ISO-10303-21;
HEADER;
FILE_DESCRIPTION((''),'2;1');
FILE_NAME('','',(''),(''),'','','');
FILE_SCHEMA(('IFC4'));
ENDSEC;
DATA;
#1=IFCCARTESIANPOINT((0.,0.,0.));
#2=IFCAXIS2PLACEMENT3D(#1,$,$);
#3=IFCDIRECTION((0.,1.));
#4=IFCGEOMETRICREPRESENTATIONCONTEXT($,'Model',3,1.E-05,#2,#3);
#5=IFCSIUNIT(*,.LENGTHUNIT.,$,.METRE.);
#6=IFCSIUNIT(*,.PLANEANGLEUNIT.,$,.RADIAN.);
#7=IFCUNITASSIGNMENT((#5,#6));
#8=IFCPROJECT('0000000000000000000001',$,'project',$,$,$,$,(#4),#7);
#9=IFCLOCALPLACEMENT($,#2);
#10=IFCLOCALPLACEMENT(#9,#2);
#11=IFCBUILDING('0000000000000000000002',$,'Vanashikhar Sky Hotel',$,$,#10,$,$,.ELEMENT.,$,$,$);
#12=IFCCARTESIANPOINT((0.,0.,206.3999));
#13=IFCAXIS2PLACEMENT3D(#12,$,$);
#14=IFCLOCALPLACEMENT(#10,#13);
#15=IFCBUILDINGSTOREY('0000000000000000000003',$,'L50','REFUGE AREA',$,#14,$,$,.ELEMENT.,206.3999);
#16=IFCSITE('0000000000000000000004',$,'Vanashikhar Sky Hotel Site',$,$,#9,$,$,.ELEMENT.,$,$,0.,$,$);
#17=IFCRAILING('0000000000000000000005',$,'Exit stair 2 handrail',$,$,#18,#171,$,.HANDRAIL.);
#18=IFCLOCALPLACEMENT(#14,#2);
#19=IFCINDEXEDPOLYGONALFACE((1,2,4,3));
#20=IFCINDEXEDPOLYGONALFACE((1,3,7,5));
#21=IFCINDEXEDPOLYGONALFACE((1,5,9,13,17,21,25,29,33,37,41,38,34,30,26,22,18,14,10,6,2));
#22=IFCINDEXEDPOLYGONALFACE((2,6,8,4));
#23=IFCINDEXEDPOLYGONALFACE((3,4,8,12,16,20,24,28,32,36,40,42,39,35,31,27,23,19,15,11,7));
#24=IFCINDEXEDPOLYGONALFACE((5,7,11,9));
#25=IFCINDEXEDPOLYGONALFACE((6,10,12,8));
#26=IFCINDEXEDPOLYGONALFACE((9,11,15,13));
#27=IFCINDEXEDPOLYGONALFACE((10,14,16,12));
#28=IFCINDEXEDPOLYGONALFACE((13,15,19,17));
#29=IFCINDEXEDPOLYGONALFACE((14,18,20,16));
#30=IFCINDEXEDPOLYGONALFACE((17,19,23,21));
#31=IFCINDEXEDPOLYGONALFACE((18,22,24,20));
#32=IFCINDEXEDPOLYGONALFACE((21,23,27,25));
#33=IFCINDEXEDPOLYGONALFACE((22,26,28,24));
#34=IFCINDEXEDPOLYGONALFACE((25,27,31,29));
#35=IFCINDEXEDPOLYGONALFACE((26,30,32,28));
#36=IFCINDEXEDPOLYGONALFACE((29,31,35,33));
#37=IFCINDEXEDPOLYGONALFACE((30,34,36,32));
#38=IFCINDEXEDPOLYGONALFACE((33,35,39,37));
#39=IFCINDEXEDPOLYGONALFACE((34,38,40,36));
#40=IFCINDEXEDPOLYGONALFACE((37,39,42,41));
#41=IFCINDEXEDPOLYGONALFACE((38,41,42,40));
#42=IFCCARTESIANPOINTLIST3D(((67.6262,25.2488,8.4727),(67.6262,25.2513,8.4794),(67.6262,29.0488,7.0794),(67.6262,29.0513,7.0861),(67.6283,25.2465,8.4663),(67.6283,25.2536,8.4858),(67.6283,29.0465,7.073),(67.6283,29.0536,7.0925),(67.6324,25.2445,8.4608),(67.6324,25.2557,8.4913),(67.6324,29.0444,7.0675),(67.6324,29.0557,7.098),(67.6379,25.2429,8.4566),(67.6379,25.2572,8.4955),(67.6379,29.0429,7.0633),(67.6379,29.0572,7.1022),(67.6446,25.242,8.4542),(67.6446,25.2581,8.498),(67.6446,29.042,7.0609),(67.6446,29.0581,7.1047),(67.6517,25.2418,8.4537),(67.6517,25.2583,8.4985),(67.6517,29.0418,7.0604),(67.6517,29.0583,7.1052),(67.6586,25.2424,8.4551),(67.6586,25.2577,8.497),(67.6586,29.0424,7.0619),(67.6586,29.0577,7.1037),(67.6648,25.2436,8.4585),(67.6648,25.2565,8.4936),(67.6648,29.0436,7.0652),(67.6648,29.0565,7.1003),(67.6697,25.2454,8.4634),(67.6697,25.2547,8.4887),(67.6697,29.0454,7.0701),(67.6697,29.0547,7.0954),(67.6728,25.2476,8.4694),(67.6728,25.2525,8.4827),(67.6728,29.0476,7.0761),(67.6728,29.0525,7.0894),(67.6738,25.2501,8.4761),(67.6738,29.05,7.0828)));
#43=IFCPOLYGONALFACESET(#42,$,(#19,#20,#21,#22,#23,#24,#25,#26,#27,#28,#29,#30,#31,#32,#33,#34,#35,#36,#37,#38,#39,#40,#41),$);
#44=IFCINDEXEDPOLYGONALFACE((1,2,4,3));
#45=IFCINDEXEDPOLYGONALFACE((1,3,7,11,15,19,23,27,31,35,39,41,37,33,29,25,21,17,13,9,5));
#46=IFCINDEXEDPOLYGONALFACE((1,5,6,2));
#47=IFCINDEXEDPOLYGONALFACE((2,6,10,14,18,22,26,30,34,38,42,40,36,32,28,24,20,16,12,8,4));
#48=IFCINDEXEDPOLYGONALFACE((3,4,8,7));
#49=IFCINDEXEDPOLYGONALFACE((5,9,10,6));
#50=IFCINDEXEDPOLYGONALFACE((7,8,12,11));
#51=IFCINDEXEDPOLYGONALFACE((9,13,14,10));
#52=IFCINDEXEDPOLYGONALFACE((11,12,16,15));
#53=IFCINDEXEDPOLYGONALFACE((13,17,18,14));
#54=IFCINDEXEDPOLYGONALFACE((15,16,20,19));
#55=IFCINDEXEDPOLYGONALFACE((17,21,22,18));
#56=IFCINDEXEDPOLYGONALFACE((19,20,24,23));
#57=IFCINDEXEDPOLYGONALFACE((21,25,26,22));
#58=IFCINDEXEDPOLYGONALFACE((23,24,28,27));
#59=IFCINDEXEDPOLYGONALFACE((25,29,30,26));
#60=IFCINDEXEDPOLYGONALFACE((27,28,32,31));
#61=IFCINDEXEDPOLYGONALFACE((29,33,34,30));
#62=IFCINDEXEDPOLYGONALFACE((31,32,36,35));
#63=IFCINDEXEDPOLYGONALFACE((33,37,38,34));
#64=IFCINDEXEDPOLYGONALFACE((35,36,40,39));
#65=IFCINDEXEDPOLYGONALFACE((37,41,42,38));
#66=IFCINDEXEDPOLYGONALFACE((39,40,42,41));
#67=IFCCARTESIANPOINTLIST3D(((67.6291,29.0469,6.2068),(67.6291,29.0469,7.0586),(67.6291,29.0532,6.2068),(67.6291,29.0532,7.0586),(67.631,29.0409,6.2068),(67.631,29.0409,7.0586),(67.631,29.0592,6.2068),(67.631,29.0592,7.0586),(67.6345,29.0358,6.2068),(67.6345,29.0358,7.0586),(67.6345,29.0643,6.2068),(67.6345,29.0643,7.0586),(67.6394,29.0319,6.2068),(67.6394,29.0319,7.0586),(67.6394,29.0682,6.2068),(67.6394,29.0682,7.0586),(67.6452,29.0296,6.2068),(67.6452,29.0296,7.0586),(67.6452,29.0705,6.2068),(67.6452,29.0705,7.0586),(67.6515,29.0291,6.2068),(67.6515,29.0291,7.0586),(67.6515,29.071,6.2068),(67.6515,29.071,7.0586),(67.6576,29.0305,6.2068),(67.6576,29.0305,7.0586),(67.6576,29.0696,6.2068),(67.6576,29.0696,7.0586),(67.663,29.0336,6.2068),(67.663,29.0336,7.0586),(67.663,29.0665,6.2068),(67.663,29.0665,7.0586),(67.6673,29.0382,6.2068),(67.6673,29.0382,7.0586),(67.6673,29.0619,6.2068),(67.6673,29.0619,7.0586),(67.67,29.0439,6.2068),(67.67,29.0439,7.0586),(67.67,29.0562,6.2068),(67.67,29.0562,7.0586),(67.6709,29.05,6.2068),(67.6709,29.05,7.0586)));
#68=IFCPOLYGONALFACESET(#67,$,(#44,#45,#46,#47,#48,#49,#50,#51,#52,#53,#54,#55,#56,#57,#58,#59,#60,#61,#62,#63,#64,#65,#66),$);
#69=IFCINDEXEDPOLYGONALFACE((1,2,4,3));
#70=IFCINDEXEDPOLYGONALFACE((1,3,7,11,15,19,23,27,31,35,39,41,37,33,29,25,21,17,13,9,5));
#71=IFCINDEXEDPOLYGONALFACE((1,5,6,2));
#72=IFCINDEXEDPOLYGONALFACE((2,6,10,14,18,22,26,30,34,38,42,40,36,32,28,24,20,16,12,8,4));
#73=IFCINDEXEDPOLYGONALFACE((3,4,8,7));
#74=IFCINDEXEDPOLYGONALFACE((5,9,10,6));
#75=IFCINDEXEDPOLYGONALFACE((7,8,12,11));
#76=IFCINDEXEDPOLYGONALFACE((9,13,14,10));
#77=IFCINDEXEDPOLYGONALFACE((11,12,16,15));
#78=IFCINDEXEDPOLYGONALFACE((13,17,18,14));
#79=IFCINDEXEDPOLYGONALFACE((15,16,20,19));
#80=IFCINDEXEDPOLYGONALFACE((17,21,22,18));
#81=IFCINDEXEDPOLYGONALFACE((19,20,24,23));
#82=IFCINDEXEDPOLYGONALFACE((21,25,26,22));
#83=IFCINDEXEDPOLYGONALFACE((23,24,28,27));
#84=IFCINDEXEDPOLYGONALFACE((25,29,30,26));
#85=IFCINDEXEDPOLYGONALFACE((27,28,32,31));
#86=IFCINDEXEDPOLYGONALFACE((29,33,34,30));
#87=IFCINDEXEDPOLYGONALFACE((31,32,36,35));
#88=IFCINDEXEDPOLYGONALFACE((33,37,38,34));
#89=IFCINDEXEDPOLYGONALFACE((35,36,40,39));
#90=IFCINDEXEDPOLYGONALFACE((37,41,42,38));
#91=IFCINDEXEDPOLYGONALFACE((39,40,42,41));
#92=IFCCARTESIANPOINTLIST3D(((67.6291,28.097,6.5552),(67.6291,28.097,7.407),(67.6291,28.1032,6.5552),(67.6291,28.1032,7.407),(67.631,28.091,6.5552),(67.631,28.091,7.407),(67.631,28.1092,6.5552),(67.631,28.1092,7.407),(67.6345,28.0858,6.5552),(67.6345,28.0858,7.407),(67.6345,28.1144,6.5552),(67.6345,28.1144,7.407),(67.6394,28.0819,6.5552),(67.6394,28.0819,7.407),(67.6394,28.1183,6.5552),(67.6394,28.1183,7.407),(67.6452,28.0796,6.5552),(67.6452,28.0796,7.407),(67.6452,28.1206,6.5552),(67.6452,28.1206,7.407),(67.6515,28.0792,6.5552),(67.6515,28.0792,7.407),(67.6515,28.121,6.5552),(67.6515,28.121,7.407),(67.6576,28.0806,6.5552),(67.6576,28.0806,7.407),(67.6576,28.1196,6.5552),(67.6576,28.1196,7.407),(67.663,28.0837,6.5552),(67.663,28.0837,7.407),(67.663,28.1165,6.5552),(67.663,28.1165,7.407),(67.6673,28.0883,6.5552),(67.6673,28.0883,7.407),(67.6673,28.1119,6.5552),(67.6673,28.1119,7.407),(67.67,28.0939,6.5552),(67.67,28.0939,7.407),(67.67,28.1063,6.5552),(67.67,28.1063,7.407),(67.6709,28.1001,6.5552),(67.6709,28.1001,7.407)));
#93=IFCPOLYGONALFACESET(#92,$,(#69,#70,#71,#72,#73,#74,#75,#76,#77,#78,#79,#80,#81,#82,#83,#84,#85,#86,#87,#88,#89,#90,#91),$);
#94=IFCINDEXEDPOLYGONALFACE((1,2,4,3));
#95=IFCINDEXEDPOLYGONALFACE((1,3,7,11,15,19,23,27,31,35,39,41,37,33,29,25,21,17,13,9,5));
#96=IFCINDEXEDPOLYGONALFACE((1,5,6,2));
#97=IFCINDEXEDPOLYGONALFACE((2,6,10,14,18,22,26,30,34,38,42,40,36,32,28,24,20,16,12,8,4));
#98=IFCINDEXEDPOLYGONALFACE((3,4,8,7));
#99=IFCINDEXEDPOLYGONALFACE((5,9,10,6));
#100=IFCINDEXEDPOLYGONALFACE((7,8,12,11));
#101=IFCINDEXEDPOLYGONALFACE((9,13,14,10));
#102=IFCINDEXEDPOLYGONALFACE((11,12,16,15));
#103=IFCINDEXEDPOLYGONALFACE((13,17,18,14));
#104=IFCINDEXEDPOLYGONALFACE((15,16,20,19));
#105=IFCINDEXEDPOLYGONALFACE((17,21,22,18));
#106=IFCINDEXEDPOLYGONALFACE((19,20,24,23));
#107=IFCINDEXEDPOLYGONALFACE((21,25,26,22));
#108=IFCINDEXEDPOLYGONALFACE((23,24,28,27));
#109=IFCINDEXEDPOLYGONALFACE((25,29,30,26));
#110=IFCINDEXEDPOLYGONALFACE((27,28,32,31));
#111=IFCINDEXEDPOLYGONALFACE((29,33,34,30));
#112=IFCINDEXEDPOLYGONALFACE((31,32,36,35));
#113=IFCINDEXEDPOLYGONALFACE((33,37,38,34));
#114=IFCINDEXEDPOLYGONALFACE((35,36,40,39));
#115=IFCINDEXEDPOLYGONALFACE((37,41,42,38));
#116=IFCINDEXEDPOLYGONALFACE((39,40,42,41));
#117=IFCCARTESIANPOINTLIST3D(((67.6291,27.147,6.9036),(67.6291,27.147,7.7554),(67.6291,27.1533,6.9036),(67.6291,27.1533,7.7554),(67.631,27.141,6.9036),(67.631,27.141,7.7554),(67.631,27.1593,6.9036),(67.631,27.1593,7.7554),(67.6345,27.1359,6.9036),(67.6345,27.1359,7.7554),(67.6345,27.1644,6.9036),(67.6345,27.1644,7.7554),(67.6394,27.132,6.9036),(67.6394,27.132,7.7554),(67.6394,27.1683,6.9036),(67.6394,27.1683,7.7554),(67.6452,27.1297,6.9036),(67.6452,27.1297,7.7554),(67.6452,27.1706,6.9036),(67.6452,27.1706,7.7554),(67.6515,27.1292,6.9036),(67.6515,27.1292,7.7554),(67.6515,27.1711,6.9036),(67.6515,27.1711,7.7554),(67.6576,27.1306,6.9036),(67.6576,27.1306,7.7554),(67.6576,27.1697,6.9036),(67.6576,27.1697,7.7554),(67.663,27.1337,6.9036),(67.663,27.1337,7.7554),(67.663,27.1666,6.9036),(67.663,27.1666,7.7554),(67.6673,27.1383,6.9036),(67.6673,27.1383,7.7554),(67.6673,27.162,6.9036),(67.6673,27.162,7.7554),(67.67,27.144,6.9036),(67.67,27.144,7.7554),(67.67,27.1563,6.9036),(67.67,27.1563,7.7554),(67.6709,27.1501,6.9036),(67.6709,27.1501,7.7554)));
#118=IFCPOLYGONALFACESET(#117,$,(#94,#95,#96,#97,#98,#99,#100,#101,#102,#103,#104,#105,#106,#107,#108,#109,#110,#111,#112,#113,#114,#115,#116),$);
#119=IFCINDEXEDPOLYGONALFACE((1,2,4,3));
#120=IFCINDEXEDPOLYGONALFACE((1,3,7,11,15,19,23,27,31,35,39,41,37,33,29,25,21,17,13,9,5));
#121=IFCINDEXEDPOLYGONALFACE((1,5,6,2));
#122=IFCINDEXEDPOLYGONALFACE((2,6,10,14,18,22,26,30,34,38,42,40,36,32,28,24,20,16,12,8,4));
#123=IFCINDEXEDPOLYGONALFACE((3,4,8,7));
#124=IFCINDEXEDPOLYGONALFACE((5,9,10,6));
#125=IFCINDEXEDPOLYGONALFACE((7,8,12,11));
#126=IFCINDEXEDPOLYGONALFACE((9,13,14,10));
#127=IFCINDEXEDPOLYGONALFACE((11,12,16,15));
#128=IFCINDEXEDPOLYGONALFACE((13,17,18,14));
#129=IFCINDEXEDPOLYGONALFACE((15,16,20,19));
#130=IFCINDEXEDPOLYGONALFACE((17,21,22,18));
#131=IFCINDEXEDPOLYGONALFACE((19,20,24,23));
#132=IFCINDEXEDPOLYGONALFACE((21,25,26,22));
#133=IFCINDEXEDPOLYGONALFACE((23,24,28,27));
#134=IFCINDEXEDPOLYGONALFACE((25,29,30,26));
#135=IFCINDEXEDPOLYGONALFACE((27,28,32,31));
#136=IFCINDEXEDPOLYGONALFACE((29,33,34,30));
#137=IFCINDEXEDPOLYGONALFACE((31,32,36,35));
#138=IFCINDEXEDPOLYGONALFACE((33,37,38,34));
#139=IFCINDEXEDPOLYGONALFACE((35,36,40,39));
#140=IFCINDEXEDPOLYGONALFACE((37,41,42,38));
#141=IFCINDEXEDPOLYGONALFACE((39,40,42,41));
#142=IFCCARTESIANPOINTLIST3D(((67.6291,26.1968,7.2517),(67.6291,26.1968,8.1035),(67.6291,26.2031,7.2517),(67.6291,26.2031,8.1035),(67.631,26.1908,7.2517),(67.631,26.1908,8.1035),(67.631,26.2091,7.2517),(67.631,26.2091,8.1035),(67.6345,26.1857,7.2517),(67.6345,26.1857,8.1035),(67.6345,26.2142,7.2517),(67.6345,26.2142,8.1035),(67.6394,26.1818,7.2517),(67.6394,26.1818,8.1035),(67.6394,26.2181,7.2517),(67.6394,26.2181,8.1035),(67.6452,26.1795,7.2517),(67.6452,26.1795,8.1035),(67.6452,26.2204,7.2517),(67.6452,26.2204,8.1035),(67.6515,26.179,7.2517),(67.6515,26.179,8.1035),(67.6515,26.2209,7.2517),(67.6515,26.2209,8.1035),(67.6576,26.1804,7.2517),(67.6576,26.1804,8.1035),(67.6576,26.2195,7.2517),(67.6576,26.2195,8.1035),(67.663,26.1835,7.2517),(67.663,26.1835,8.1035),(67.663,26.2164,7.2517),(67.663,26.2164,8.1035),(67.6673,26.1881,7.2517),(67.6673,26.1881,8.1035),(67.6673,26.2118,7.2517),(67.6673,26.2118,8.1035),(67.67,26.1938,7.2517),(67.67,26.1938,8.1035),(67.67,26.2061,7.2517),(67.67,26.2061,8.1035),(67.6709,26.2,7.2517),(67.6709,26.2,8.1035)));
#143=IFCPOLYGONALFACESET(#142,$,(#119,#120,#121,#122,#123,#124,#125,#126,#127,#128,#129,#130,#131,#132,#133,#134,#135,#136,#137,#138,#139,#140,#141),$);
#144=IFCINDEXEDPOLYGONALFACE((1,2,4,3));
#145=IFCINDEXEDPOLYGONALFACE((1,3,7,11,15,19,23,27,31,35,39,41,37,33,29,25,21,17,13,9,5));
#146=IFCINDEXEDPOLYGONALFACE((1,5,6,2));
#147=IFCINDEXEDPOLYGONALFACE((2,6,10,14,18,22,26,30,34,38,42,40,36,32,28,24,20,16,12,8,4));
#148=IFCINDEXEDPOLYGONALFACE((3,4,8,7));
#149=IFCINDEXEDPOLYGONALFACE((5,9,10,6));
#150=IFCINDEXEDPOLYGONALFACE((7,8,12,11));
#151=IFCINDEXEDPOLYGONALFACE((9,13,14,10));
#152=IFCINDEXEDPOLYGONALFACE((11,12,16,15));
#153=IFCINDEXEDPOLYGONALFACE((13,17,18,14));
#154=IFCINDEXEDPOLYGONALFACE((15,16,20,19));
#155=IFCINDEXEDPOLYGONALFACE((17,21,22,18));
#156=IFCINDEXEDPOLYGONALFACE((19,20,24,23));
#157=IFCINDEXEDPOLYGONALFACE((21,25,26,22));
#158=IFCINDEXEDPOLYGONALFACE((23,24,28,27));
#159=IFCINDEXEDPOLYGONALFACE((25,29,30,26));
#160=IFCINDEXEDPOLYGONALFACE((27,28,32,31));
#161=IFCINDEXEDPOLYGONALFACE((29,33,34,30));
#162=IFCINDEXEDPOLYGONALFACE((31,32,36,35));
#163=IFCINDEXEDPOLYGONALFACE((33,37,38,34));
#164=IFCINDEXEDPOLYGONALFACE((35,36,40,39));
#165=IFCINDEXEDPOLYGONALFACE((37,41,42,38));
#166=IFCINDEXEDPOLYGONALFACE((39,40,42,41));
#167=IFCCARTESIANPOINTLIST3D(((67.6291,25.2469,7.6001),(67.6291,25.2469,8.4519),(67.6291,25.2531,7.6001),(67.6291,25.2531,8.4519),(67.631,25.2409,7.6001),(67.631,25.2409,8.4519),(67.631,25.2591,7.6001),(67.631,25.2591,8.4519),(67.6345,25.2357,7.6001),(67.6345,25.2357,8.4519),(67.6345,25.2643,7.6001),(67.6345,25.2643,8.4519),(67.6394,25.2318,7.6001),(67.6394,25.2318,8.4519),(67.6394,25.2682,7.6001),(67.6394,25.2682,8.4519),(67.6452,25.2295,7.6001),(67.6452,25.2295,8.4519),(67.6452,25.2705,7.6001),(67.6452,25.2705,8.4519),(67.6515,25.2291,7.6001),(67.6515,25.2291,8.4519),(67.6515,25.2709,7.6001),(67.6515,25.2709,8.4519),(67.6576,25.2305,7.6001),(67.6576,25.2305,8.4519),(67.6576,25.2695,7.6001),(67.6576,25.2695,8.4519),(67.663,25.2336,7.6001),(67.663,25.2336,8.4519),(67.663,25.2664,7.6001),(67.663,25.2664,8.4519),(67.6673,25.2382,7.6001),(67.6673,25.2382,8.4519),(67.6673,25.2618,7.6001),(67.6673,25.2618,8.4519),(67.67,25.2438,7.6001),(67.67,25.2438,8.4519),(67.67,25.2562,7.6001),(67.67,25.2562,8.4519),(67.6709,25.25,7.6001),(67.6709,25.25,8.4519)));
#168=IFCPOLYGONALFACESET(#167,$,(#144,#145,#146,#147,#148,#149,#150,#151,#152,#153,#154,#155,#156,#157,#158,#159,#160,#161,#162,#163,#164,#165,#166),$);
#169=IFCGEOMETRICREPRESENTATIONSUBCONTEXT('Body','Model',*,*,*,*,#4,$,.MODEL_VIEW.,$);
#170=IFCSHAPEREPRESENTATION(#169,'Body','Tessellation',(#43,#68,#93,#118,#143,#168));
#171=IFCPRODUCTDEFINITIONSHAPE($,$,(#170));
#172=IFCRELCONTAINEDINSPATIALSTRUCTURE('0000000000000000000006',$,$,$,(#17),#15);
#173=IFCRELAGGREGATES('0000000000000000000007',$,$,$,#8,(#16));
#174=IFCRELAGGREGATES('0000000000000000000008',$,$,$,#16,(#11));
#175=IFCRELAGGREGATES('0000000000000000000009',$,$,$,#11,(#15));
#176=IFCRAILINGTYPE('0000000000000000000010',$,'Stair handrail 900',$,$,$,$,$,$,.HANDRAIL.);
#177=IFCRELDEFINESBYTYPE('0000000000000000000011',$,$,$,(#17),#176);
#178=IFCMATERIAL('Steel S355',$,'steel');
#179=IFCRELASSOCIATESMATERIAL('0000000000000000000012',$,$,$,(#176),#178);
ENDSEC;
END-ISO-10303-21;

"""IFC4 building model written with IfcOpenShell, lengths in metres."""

from ifc_helpers import new_model, si_unit, direction, frame, origin, origin_2d, place, context, subcontext, project, spatial, circle, extrude, source, transform, mapped, material, type_object, element, save


model = new_model("IFC4")

# Units and contexts
model_context = context("Model", 3, precision=1e-05, world=origin(), true_north=direction((0.0, 1.0)))
body_context = subcontext(model_context, "Body", "Model", "MODEL_VIEW")
ifc_project = project(units=[si_unit("LENGTHUNIT", "METRE"), si_unit("PLANEANGLEUNIT", "RADIAN")], contexts=[model_context])

# Site, building, storey
site_placement = place(None, origin())
site = spatial("IfcSite", under=ifc_project, at=site_placement, Name="Vanashikhar Sky Hotel Site", CompositionType="ELEMENT", RefElevation=0.0)
building_placement = place(site_placement, origin())
building = spatial("IfcBuilding", under=site, at=building_placement, Name="Vanashikhar Sky Hotel", CompositionType="ELEMENT")
storey_placement = place(building_placement, frame((0.0, 0.0, 206.3999)))
storey = spatial("IfcBuildingStorey", under=building, at=storey_placement, Name="L50", Description="REFUGE AREA", CompositionType="ELEMENT", Elevation=206.3999)

# Railing
ifc_material_1 = material(Name="Steel S355", Category="steel")
railing_type_1 = type_object("IfcRailingType", Name="Stair handrail 900", PredefinedType="HANDRAIL", material=ifc_material_1)
shared_shape_1 = source(origin(), body_context, "Body", "SweptSolid", [
    extrude(circle(Radius=0.0239, at=origin_2d()), frame((0.0, 0.0, 0.876), z_axis=(0.0, -0.93888, 0.344246), x_axis=(1.0, 0.0, 0.0)), (0.0, 0.0, 1.0), 4.0474),
    extrude(circle(Radius=0.021, at=origin_2d()), origin(), (0.0, 0.0, 1.0), 0.8518),
    extrude(circle(Radius=0.021, at=origin_2d()), frame((0.0, -0.95, 0.3484)), (0.0, 0.0, 1.0), 0.8518),
    extrude(circle(Radius=0.021, at=origin_2d()), frame((0.0, -1.8999, 0.6968)), (0.0, 0.0, 1.0), 0.8518),
    extrude(circle(Radius=0.021, at=origin_2d()), frame((0.0, -2.8501, 1.0449)), (0.0, 0.0, 1.0), 0.8518),
    extrude(circle(Radius=0.021, at=origin_2d()), frame((0.0, -3.8, 1.3933)), (0.0, 0.0, 1.0), 0.8518),
])
for number, where, name in (
    (1, (67.6499, 29.05, 6.2068), "Exit stair 2 handrail"),
):
    element("IfcRailing", number, at=place(storey_placement, frame(where)), inside=storey, type_object=railing_type_1, Name=name, PredefinedType="HANDRAIL", context=body_context, shape_type="MappedRepresentation", body=[
        mapped(shared_shape_1, transform((0.0, 0.0, 0.0), scale=1.0)),
    ])

save(model, "model.ifc")
